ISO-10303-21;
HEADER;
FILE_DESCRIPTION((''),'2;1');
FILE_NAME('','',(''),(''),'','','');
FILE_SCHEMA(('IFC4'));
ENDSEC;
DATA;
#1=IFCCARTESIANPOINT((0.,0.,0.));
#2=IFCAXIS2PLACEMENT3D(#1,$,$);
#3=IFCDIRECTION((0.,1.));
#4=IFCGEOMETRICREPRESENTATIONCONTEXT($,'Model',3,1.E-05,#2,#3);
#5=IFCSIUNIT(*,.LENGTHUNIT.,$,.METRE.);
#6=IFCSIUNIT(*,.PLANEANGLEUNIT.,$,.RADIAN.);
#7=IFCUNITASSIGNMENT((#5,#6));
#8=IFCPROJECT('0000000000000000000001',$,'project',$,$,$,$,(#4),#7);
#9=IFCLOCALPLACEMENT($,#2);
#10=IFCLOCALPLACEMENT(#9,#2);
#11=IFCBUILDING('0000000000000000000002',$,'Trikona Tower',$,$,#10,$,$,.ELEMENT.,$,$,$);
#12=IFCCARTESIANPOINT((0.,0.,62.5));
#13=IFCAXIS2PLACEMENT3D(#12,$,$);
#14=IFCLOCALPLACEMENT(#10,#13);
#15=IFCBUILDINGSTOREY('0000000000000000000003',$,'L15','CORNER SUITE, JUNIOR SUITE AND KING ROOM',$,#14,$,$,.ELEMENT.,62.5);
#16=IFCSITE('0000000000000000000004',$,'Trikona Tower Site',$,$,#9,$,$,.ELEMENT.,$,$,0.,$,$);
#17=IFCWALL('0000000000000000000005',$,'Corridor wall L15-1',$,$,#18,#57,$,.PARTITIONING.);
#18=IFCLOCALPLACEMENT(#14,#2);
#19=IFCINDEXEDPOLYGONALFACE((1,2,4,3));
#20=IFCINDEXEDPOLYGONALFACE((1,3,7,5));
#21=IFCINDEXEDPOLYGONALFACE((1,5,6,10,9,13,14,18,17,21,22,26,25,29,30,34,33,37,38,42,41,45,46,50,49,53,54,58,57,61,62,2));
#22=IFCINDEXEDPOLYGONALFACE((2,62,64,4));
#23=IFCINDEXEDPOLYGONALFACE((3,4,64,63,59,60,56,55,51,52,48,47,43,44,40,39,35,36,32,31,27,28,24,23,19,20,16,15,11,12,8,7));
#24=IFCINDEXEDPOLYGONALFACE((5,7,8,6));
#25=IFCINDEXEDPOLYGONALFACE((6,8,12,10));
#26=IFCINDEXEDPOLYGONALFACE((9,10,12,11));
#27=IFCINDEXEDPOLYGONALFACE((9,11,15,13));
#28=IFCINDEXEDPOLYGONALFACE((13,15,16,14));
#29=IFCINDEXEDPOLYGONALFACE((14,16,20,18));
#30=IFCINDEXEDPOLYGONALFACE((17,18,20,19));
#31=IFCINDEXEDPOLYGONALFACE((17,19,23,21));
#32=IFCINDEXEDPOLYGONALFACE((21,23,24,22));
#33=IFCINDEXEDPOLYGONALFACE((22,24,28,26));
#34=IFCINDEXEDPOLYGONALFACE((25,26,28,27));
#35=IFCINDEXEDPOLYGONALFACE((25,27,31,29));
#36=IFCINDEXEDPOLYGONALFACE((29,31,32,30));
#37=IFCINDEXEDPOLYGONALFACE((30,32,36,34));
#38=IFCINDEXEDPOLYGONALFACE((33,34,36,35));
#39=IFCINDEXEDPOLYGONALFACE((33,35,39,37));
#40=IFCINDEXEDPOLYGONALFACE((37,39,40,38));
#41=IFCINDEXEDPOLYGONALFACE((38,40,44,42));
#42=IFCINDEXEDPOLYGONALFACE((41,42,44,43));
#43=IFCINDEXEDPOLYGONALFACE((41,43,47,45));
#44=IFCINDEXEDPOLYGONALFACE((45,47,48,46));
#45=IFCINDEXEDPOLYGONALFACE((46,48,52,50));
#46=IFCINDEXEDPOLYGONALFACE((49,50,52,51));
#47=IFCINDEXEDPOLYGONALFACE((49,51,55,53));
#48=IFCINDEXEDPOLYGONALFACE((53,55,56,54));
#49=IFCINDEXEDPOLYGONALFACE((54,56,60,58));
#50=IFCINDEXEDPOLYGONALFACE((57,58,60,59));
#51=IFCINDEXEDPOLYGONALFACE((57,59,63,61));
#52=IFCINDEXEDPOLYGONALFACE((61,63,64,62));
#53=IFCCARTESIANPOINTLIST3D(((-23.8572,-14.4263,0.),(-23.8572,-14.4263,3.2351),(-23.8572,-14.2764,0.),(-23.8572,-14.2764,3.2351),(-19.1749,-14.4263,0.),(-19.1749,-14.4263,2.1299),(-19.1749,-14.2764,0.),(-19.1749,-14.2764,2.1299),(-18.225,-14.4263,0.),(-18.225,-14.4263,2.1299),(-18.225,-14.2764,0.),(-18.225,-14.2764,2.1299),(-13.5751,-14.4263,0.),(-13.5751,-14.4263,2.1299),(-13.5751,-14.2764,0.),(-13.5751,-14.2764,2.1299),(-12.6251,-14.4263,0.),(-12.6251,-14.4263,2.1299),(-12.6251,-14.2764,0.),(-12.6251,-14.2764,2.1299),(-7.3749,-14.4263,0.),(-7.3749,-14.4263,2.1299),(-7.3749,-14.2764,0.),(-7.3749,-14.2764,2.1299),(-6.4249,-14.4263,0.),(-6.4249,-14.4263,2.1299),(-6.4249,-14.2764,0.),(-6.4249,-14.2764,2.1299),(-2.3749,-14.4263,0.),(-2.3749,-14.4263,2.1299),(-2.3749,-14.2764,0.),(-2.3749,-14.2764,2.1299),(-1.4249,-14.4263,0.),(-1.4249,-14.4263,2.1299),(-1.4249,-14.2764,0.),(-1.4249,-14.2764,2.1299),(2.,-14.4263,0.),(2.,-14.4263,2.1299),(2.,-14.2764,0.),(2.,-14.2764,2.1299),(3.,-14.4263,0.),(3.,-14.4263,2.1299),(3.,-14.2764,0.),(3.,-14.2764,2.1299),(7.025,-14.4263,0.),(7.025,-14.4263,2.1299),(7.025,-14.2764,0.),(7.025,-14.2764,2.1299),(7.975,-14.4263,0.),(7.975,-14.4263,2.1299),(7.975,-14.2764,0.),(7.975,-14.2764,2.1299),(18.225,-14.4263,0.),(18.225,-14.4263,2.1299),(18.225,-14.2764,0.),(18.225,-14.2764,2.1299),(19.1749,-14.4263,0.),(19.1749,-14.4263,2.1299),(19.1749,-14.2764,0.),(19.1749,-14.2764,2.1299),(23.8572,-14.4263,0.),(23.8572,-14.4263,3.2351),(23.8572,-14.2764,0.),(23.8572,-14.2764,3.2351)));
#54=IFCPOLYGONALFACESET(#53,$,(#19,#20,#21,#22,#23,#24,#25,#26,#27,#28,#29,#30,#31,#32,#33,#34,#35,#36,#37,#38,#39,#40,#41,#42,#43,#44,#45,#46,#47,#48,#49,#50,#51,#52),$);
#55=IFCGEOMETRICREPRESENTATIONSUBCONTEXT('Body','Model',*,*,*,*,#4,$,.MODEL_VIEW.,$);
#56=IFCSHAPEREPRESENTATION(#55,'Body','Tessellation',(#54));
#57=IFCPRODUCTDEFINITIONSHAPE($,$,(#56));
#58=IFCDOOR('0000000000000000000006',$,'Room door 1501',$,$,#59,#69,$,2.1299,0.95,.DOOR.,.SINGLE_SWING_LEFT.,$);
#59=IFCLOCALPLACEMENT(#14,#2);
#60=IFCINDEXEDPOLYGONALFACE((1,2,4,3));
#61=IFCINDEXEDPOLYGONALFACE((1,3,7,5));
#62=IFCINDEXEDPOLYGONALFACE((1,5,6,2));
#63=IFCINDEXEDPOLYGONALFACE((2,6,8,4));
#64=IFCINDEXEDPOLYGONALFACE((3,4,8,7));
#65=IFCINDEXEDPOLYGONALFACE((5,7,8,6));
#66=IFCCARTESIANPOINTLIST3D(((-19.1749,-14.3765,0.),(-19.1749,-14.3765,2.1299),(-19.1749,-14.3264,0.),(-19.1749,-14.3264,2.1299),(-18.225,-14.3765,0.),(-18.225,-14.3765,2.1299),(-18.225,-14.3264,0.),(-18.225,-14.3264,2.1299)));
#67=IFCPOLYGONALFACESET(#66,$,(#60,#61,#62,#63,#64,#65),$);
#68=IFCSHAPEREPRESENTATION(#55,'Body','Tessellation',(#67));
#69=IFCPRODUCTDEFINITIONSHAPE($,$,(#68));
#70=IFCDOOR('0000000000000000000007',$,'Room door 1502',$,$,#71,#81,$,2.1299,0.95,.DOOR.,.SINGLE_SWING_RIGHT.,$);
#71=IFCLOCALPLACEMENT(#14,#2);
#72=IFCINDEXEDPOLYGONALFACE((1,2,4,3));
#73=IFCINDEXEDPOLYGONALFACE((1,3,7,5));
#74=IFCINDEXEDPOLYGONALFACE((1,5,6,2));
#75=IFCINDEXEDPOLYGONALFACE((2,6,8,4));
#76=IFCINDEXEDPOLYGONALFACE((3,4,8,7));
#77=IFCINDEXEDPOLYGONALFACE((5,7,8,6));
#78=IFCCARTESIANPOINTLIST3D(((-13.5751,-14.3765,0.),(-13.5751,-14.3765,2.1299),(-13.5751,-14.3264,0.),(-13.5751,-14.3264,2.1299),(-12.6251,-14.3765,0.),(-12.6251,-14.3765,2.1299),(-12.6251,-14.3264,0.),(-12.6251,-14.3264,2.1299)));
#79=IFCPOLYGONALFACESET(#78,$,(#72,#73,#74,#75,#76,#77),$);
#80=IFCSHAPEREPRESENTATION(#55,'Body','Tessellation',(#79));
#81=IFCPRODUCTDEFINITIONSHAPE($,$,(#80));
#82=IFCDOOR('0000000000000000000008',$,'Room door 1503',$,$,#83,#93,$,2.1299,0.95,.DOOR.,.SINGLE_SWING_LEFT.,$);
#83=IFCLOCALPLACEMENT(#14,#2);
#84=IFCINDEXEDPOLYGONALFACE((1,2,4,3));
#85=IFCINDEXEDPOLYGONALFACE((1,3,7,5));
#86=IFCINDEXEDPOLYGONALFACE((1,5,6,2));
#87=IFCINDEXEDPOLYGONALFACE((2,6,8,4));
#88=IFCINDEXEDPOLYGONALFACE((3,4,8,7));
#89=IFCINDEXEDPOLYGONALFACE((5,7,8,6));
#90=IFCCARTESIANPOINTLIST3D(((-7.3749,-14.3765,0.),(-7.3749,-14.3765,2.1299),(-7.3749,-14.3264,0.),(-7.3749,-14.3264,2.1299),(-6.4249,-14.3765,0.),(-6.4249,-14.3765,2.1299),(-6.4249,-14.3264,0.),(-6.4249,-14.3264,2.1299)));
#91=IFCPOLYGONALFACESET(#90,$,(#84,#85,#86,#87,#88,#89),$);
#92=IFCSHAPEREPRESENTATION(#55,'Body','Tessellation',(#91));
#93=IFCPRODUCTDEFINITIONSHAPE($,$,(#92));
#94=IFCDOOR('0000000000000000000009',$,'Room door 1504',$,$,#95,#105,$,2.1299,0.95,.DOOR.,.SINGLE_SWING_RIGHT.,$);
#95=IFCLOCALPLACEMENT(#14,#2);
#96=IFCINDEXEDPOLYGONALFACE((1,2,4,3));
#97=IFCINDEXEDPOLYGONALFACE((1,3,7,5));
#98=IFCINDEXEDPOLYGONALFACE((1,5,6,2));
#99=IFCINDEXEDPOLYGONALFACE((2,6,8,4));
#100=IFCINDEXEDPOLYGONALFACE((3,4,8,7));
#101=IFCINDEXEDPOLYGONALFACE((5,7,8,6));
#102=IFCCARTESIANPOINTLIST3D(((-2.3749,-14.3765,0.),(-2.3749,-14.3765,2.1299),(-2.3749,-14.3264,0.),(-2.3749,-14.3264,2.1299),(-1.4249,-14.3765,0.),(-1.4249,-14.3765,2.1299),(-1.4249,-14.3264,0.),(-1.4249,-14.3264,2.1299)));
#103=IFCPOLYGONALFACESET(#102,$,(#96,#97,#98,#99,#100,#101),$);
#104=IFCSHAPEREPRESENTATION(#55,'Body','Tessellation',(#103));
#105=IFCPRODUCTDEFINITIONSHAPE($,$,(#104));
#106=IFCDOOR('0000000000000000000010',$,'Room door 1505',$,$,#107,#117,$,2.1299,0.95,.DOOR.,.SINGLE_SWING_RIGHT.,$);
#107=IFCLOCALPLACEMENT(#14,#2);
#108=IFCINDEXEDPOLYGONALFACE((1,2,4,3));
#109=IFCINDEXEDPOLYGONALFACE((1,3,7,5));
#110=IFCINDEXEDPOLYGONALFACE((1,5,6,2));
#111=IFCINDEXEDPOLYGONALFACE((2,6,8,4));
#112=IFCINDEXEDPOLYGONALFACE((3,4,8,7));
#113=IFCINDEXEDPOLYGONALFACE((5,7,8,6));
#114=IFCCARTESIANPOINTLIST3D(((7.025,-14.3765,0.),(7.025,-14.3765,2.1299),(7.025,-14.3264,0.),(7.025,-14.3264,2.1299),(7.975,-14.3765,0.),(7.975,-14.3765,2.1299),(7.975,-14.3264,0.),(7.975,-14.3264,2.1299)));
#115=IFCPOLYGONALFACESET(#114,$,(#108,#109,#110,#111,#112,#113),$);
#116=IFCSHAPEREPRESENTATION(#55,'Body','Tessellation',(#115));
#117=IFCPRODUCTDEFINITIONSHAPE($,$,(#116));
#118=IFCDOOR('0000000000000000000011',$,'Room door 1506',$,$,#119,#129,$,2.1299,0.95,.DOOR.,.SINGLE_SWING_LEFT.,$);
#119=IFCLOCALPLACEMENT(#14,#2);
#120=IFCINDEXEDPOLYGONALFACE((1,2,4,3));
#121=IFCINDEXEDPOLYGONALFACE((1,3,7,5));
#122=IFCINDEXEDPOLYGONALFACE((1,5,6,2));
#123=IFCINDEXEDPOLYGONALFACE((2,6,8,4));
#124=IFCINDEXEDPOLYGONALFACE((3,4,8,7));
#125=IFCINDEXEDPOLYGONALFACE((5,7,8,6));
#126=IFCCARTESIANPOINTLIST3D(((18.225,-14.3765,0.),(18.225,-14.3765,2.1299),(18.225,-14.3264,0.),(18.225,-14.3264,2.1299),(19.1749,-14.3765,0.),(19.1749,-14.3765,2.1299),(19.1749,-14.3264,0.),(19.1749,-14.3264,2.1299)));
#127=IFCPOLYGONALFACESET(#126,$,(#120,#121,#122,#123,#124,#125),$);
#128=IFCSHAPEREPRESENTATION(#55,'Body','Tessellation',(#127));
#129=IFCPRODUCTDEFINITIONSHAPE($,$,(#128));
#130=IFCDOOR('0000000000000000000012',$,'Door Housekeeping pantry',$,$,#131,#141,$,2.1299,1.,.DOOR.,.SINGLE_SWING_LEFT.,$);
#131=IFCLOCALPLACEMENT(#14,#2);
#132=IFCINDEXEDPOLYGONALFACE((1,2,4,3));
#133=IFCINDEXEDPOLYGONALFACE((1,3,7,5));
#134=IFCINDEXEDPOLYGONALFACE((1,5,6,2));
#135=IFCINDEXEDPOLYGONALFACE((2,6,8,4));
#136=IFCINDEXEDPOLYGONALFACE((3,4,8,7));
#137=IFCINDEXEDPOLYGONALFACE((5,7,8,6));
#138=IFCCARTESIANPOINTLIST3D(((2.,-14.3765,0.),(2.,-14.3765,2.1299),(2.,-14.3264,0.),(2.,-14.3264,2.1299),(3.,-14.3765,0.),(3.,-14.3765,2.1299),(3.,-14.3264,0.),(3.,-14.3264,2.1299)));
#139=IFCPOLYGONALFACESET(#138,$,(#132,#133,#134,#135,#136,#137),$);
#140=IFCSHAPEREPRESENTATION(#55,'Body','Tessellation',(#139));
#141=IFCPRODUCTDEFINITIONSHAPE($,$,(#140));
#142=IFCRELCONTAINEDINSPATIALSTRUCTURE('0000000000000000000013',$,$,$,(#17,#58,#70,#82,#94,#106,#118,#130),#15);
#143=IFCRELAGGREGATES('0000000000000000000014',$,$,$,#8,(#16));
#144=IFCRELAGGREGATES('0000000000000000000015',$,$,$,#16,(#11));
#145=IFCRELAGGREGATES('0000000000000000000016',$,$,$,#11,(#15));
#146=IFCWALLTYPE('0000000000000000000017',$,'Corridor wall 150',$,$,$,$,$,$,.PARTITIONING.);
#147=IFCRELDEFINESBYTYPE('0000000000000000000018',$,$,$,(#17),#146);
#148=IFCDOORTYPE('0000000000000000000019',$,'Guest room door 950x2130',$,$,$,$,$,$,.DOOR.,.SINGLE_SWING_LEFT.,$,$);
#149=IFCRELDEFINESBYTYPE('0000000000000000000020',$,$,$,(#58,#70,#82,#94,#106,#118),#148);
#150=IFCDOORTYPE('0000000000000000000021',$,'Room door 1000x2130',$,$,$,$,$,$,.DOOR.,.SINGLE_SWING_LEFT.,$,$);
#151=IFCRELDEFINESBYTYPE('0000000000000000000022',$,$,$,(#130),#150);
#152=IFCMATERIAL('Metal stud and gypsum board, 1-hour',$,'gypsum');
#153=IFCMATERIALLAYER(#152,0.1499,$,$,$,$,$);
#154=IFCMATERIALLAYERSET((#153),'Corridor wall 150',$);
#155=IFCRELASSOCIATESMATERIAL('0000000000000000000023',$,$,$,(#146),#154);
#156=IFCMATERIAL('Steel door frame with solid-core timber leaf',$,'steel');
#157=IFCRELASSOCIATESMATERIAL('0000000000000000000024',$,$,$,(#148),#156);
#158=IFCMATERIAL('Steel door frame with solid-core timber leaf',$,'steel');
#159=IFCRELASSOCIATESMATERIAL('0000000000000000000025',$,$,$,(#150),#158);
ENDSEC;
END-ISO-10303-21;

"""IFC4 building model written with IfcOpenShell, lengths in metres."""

from ifc_helpers import new_model, si_unit, direction, frame, frame_2d, origin, place, context, subcontext, project, spatial, rectangle, extrude, material, layer, layer_set, type_object, element, fill, save


model = new_model("IFC4")

# Units and contexts
model_context = context("Model", 3, precision=1e-05, world=origin(), true_north=direction((0.0, 1.0)))
body_context = subcontext(model_context, "Body", "Model", "MODEL_VIEW")
ifc_project = project(units=[si_unit("LENGTHUNIT", "METRE"), si_unit("PLANEANGLEUNIT", "RADIAN")], contexts=[model_context])

# Site, building, storey
site_placement = place(None, origin())
site = spatial("IfcSite", under=ifc_project, at=site_placement, Name="Trikona Tower Site", CompositionType="ELEMENT", RefElevation=0.0)
building_placement = place(site_placement, origin())
building = spatial("IfcBuilding", under=site, at=building_placement, Name="Trikona Tower", CompositionType="ELEMENT")
storey_placement = place(building_placement, frame((0.0, 0.0, 62.5)))
storey = spatial("IfcBuildingStorey", under=building, at=storey_placement, Name="L15", Description="CORNER SUITE, JUNIOR SUITE AND KING ROOM", CompositionType="ELEMENT", Elevation=62.5)

# Wall, openings, doors
ifc_material_1 = material(Name="Metal stud and gypsum board, 1-hour", Category="gypsum")
ifc_layer_1 = layer(ifc_material_1, 0.1499)
ifc_layer_set_1 = layer_set([ifc_layer_1], Name="Corridor wall 150")
wall_type_1 = type_object("IfcWallType", Name="Corridor wall 150", PredefinedType="PARTITIONING", material=ifc_layer_set_1)
wall_1_placement = place(storey_placement, frame((-23.8572, -14.3513, 0.0), z_axis=(0.0, 0.0, 1.0), x_axis=(1.0, 0.0, 0.0)))
wall_1 = element("IfcWall", 1, at=wall_1_placement, inside=storey, type_object=wall_type_1, Name="Corridor wall L15-1", PredefinedType="PARTITIONING", context=body_context, shape_type="SweptSolid", body=[
    extrude(rectangle(XDim=47.7144, YDim=0.1499, at=frame_2d((23.8572, 0.0))), origin(), (0.0, 0.0, 1.0), 3.2351),
])
opening_1_placement = place(wall_1_placement, frame((4.6821, 0.0, 0.0)))
opening_1 = element("IfcOpeningElement", 2, at=opening_1_placement, cuts=wall_1, PredefinedType="OPENING", context=body_context, shape_type="SweptSolid", body=[
    extrude(rectangle(XDim=0.95, YDim=2.1299, at=frame_2d((0.4751, 1.0649))), frame((0.0, 0.085, 0.0), z_axis=(0.0, -1.0, 0.0), x_axis=(1.0, 0.0, 0.0)), (0.0, 0.0, 1.0), 0.1699),
])
opening_2_placement = place(wall_1_placement, frame((10.282, 0.0, 0.0)))
opening_2 = element("IfcOpeningElement", 3, at=opening_2_placement, cuts=wall_1, PredefinedType="OPENING", context=body_context, shape_type="SweptSolid", body=[
    extrude(rectangle(XDim=0.95, YDim=2.1299, at=frame_2d((0.4751, 1.0649))), frame((0.0, 0.085, 0.0), z_axis=(0.0, -1.0, 0.0), x_axis=(1.0, 0.0, 0.0)), (0.0, 0.0, 1.0), 0.1699),
])
opening_3_placement = place(wall_1_placement, frame((16.4822, 0.0, 0.0)))
opening_3 = element("IfcOpeningElement", 4, at=opening_3_placement, cuts=wall_1, PredefinedType="OPENING", context=body_context, shape_type="SweptSolid", body=[
    extrude(rectangle(XDim=0.95, YDim=2.1299, at=frame_2d((0.4751, 1.0649))), frame((0.0, 0.085, 0.0), z_axis=(0.0, -1.0, 0.0), x_axis=(1.0, 0.0, 0.0)), (0.0, 0.0, 1.0), 0.1699),
])
opening_4_placement = place(wall_1_placement, frame((21.4822, 0.0, 0.0)))
opening_4 = element("IfcOpeningElement", 5, at=opening_4_placement, cuts=wall_1, PredefinedType="OPENING", context=body_context, shape_type="SweptSolid", body=[
    extrude(rectangle(XDim=0.95, YDim=2.1299, at=frame_2d((0.4751, 1.0649))), frame((0.0, 0.085, 0.0), z_axis=(0.0, -1.0, 0.0), x_axis=(1.0, 0.0, 0.0)), (0.0, 0.0, 1.0), 0.1699),
])
opening_5_placement = place(wall_1_placement, frame((25.8572, 0.0, 0.0)))
opening_5 = element("IfcOpeningElement", 6, at=opening_5_placement, cuts=wall_1, PredefinedType="OPENING", context=body_context, shape_type="SweptSolid", body=[
    extrude(rectangle(XDim=1.0, YDim=2.1299, at=frame_2d((0.5, 1.0649))), frame((0.0, 0.085, 0.0), z_axis=(0.0, -1.0, 0.0), x_axis=(1.0, 0.0, 0.0)), (0.0, 0.0, 1.0), 0.1699),
])
opening_6_placement = place(wall_1_placement, frame((30.8821, 0.0, 0.0)))
opening_6 = element("IfcOpeningElement", 7, at=opening_6_placement, cuts=wall_1, PredefinedType="OPENING", context=body_context, shape_type="SweptSolid", body=[
    extrude(rectangle(XDim=0.95, YDim=2.1299, at=frame_2d((0.4751, 1.0649))), frame((0.0, 0.085, 0.0), z_axis=(0.0, -1.0, 0.0), x_axis=(1.0, 0.0, 0.0)), (0.0, 0.0, 1.0), 0.1699),
])
opening_7_placement = place(wall_1_placement, frame((42.082, 0.0, 0.0)))
opening_7 = element("IfcOpeningElement", 8, at=opening_7_placement, cuts=wall_1, PredefinedType="OPENING", context=body_context, shape_type="SweptSolid", body=[
    extrude(rectangle(XDim=0.95, YDim=2.1299, at=frame_2d((0.4751, 1.0649))), frame((0.0, 0.085, 0.0), z_axis=(0.0, -1.0, 0.0), x_axis=(1.0, 0.0, 0.0)), (0.0, 0.0, 1.0), 0.1699),
])
ifc_material_2 = material(Name="Steel door frame with solid-core timber leaf", Category="steel")
door_type_1 = type_object("IfcDoorType", Name="Guest room door 950x2130", OperationType="SINGLE_SWING_LEFT", PredefinedType="DOOR", material=ifc_material_2)
door_1_placement = place(opening_1_placement, origin())
door_1 = element("IfcDoor", 9, at=door_1_placement, inside=storey, type_object=door_type_1, Name="Room door 1501", OperationType="SINGLE_SWING_LEFT", OverallHeight=2.1299, OverallWidth=0.95, PredefinedType="DOOR", context=body_context, shape_type="SweptSolid", body=[
    extrude(rectangle(XDim=0.95, YDim=2.1299, at=frame_2d((0.4751, 1.0649))), frame((0.0, 0.0249, 0.0), z_axis=(0.0, -1.0, 0.0), x_axis=(1.0, 0.0, 0.0)), (0.0, 0.0, 1.0), 0.05),
])
fill(opening_1, door_1)
door_2_placement = place(opening_2_placement, origin())
door_2 = element("IfcDoor", 10, at=door_2_placement, inside=storey, type_object=door_type_1, Name="Room door 1502", OperationType="SINGLE_SWING_RIGHT", OverallHeight=2.1299, OverallWidth=0.95, PredefinedType="DOOR", context=body_context, shape_type="SweptSolid", body=[
    extrude(rectangle(XDim=0.95, YDim=2.1299, at=frame_2d((0.4751, 1.0649))), frame((0.0, 0.0249, 0.0), z_axis=(0.0, -1.0, 0.0), x_axis=(1.0, 0.0, 0.0)), (0.0, 0.0, 1.0), 0.05),
])
fill(opening_2, door_2)
door_3_placement = place(opening_3_placement, origin())
door_3 = element("IfcDoor", 11, at=door_3_placement, inside=storey, type_object=door_type_1, Name="Room door 1503", OperationType="SINGLE_SWING_LEFT", OverallHeight=2.1299, OverallWidth=0.95, PredefinedType="DOOR", context=body_context, shape_type="SweptSolid", body=[
    extrude(rectangle(XDim=0.95, YDim=2.1299, at=frame_2d((0.4751, 1.0649))), frame((0.0, 0.0249, 0.0), z_axis=(0.0, -1.0, 0.0), x_axis=(1.0, 0.0, 0.0)), (0.0, 0.0, 1.0), 0.05),
])
fill(opening_3, door_3)
door_4_placement = place(opening_4_placement, origin())
door_4 = element("IfcDoor", 12, at=door_4_placement, inside=storey, type_object=door_type_1, Name="Room door 1504", OperationType="SINGLE_SWING_RIGHT", OverallHeight=2.1299, OverallWidth=0.95, PredefinedType="DOOR", context=body_context, shape_type="SweptSolid", body=[
    extrude(rectangle(XDim=0.95, YDim=2.1299, at=frame_2d((0.4751, 1.0649))), frame((0.0, 0.0249, 0.0), z_axis=(0.0, -1.0, 0.0), x_axis=(1.0, 0.0, 0.0)), (0.0, 0.0, 1.0), 0.05),
])
fill(opening_4, door_4)
door_5_placement = place(opening_6_placement, origin())
door_5 = element("IfcDoor", 13, at=door_5_placement, inside=storey, type_object=door_type_1, Name="Room door 1505", OperationType="SINGLE_SWING_RIGHT", OverallHeight=2.1299, OverallWidth=0.95, PredefinedType="DOOR", context=body_context, shape_type="SweptSolid", body=[
    extrude(rectangle(XDim=0.95, YDim=2.1299, at=frame_2d((0.4751, 1.0649))), frame((0.0, 0.0249, 0.0), z_axis=(0.0, -1.0, 0.0), x_axis=(1.0, 0.0, 0.0)), (0.0, 0.0, 1.0), 0.05),
])
fill(opening_6, door_5)
door_6_placement = place(opening_7_placement, origin())
door_6 = element("IfcDoor", 14, at=door_6_placement, inside=storey, type_object=door_type_1, Name="Room door 1506", OperationType="SINGLE_SWING_LEFT", OverallHeight=2.1299, OverallWidth=0.95, PredefinedType="DOOR", context=body_context, shape_type="SweptSolid", body=[
    extrude(rectangle(XDim=0.95, YDim=2.1299, at=frame_2d((0.4751, 1.0649))), frame((0.0, 0.0249, 0.0), z_axis=(0.0, -1.0, 0.0), x_axis=(1.0, 0.0, 0.0)), (0.0, 0.0, 1.0), 0.05),
])
fill(opening_7, door_6)
ifc_material_3 = material(Name="Steel door frame with solid-core timber leaf", Category="steel")
door_type_2 = type_object("IfcDoorType", Name="Room door 1000x2130", OperationType="SINGLE_SWING_LEFT", PredefinedType="DOOR", material=ifc_material_3)
door_7_placement = place(opening_5_placement, origin())
door_7 = element("IfcDoor", 15, at=door_7_placement, inside=storey, type_object=door_type_2, Name="Door Housekeeping pantry", OperationType="SINGLE_SWING_LEFT", OverallHeight=2.1299, OverallWidth=1.0, PredefinedType="DOOR", context=body_context, shape_type="SweptSolid", body=[
    extrude(rectangle(XDim=1.0, YDim=2.1299, at=frame_2d((0.5, 1.0649))), frame((0.0, 0.0249, 0.0), z_axis=(0.0, -1.0, 0.0), x_axis=(1.0, 0.0, 0.0)), (0.0, 0.0, 1.0), 0.05),
])
fill(opening_5, door_7)

save(model, "model.ifc")
